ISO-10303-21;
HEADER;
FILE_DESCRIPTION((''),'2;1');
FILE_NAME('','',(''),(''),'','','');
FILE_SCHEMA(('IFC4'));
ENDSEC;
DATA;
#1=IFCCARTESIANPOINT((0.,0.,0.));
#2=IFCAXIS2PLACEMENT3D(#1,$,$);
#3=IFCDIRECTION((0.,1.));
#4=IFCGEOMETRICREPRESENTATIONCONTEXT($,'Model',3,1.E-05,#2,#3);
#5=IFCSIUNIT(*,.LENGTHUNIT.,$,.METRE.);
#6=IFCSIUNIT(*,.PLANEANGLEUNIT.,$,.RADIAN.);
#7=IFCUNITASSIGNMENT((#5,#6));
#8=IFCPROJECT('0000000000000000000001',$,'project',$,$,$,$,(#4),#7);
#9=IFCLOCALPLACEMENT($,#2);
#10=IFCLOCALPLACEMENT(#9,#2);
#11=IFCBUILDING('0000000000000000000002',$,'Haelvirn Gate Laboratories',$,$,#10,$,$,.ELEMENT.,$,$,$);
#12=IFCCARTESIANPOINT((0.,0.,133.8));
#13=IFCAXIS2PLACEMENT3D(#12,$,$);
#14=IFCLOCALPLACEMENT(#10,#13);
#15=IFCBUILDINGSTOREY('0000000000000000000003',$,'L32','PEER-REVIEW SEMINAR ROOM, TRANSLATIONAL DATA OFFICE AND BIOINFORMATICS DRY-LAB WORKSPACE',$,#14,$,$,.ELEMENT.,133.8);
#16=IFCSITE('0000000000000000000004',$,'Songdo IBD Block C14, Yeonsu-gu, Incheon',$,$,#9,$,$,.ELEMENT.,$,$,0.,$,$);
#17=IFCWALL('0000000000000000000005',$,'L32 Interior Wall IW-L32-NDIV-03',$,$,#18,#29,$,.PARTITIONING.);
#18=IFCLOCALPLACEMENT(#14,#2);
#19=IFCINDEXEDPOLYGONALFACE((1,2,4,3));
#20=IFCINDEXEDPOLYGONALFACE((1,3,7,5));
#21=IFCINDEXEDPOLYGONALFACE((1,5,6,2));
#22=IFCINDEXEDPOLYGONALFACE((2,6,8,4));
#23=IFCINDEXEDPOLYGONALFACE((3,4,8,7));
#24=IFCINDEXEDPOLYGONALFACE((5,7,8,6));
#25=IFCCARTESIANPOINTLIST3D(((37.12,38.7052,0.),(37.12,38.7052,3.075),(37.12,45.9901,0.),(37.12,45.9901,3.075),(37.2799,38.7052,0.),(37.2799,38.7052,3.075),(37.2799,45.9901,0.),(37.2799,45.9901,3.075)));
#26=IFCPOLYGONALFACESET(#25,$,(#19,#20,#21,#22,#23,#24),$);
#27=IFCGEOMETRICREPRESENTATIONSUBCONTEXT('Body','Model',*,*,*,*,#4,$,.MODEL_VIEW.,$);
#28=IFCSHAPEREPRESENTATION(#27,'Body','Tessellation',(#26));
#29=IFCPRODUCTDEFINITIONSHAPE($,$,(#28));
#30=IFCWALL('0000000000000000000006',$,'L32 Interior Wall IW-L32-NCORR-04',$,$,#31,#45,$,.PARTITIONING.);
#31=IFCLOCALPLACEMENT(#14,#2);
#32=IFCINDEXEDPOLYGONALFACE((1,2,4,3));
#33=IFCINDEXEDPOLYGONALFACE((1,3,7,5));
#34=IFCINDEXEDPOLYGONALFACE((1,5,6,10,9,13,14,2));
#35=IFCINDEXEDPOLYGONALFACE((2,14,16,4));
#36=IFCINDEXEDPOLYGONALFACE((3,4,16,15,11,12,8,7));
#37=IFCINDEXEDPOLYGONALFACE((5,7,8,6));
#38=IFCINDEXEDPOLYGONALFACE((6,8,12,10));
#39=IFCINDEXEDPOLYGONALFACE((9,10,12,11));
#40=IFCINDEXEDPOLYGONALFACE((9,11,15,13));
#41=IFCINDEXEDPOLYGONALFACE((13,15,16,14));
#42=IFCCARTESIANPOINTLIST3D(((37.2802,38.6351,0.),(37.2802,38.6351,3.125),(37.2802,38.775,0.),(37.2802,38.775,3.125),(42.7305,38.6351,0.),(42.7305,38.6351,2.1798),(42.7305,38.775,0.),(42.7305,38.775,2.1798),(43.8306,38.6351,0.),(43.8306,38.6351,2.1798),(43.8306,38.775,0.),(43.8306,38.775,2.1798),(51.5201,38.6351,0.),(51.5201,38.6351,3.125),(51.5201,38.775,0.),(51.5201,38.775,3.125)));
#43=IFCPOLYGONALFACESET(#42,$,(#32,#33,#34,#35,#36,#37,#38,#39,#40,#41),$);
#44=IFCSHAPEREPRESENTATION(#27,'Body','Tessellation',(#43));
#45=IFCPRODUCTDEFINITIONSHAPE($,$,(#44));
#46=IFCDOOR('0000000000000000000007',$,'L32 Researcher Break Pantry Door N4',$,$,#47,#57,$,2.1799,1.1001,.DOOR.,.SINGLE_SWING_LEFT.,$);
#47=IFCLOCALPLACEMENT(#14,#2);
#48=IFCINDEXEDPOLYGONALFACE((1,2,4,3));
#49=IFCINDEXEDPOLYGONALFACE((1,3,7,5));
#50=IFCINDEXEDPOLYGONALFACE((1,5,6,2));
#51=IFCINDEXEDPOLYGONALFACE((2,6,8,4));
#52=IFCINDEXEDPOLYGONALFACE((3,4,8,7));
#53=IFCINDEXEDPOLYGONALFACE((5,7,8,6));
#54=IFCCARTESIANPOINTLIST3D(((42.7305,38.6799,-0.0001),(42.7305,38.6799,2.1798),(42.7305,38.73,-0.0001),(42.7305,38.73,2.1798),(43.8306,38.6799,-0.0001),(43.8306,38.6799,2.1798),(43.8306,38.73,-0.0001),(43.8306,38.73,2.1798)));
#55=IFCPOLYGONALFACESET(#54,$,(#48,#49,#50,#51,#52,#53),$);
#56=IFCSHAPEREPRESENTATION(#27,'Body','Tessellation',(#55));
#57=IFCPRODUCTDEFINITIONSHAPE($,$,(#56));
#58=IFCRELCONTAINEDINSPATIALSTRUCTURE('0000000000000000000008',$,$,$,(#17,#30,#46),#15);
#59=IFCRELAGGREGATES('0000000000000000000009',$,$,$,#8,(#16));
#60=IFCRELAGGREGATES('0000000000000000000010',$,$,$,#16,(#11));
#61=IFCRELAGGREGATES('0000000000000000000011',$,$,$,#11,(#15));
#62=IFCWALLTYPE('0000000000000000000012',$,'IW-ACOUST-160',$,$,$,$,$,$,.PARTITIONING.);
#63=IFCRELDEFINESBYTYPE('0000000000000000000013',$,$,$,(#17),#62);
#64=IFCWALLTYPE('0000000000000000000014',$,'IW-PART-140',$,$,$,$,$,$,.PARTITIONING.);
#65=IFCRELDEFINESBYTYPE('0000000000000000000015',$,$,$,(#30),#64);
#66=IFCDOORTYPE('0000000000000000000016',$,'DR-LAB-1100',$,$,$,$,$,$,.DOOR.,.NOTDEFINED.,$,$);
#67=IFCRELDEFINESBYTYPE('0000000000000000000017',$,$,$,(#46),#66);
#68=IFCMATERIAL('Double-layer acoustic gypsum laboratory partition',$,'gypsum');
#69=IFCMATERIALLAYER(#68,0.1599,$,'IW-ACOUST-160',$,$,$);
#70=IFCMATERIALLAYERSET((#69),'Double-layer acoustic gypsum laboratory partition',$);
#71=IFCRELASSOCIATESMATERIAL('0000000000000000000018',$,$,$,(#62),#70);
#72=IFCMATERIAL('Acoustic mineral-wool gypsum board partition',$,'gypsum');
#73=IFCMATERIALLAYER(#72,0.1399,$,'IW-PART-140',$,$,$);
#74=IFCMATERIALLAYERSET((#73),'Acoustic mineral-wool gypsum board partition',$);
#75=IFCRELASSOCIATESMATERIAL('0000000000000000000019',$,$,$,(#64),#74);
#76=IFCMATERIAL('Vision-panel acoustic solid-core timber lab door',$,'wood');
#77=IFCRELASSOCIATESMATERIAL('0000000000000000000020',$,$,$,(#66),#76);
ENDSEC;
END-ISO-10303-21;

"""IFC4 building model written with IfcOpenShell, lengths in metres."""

from ifc_helpers import new_model, si_unit, direction, frame, frame_2d, origin, place, context, subcontext, project, spatial, rectangle, extrude, source, transform, mapped, material, layer, layer_set, type_object, type_shapes, element, fill, save


model = new_model("IFC4")

# Units and contexts
model_context = context("Model", 3, precision=1e-05, world=origin(), true_north=direction((0.0, 1.0)))
body_context = subcontext(model_context, "Body", "Model", "MODEL_VIEW")
ifc_project = project(units=[si_unit("LENGTHUNIT", "METRE"), si_unit("PLANEANGLEUNIT", "RADIAN")], contexts=[model_context])

# Site, building, storey
site_placement = place(None, origin())
site = spatial("IfcSite", under=ifc_project, at=site_placement, Name="Songdo IBD Block C14, Yeonsu-gu, Incheon", CompositionType="ELEMENT", RefElevation=0.0)
building_placement = place(site_placement, origin())
building = spatial("IfcBuilding", under=site, at=building_placement, Name="Haelvirn Gate Laboratories", CompositionType="ELEMENT")
storey_placement = place(building_placement, frame((0.0, 0.0, 133.8)))
storey = spatial("IfcBuildingStorey", under=building, at=storey_placement, Name="L32", Description="PEER-REVIEW SEMINAR ROOM, TRANSLATIONAL DATA OFFICE AND BIOINFORMATICS DRY-LAB WORKSPACE", CompositionType="ELEMENT", Elevation=133.8)

# Wall
ifc_material_1 = material(Name="Double-layer acoustic gypsum laboratory partition", Category="gypsum")
ifc_layer_1 = layer(ifc_material_1, 0.1599, Name="IW-ACOUST-160")
ifc_layer_set_1 = layer_set([ifc_layer_1], Name="Double-layer acoustic gypsum laboratory partition")
wall_type_1 = type_object("IfcWallType", Name="IW-ACOUST-160", PredefinedType="PARTITIONING", material=ifc_layer_set_1)
wall_1_placement = place(storey_placement, frame((37.2, 38.7051, 0.0), z_axis=(0.0, 0.0, 1.0), x_axis=(0.0, 1.0, 0.0)))
element("IfcWall", 1, at=wall_1_placement, inside=storey, type_object=wall_type_1, Name="L32 Interior Wall IW-L32-NDIV-03", PredefinedType="PARTITIONING", context=body_context, shape_type="SweptSolid", body=[
    extrude(rectangle(XDim=7.2849, YDim=0.1599, at=frame_2d((3.6426, 0.0))), origin(), (0.0, 0.0, 1.0), 3.075),
])

# Wall, opening, door
ifc_material_2 = material(Name="Acoustic mineral-wool gypsum board partition", Category="gypsum")
ifc_layer_2 = layer(ifc_material_2, 0.1399, Name="IW-PART-140")
ifc_layer_set_2 = layer_set([ifc_layer_2], Name="Acoustic mineral-wool gypsum board partition")
wall_type_2 = type_object("IfcWallType", Name="IW-PART-140", PredefinedType="PARTITIONING", material=ifc_layer_set_2)
wall_2_placement = place(storey_placement, frame((37.28, 38.7051, 0.0), z_axis=(0.0, 0.0, 1.0), x_axis=(1.0, 0.0, 0.0)))
wall_2 = element("IfcWall", 2, at=wall_2_placement, inside=storey, type_object=wall_type_2, Name="L32 Interior Wall IW-L32-NCORR-04", PredefinedType="PARTITIONING", context=body_context, shape_type="SweptSolid", body=[
    extrude(rectangle(XDim=14.24, YDim=0.1399, at=frame_2d((7.1201, 0.0))), origin(), (0.0, 0.0, 1.0), 3.125),
])
opening_placement = place(wall_2_placement, frame((5.4504, 0.0, 0.0)))
opening = element("IfcOpeningElement", 3, at=opening_placement, cuts=wall_2, PredefinedType="OPENING", context=body_context, shape_type="SweptSolid", body=[
    extrude(rectangle(XDim=1.1001, YDim=2.1799, at=frame_2d((0.55, 1.0898))), frame((0.0, 0.0801, 0.0), z_axis=(0.0, -1.0, 0.0), x_axis=(1.0, 0.0, 0.0)), (0.0, 0.0, 1.0), 0.1599),
])
ifc_material_3 = material(Name="Vision-panel acoustic solid-core timber lab door", Category="wood")
door_type = type_object("IfcDoorType", Name="DR-LAB-1100", OperationType="NOTDEFINED", PredefinedType="DOOR", material=ifc_material_3)
shared_shape_1 = source(origin(), body_context, "Body", "SweptSolid", [
    extrude(rectangle(XDim=1.1001, YDim=2.1799, at=frame_2d((0.55, 1.0898))), frame((0.0, 0.0249, 0.0), z_axis=(0.0, -1.0, 0.0), x_axis=(1.0, 0.0, 0.0)), (0.0, 0.0, 1.0), 0.05),
])
type_shapes(door_type, [shared_shape_1])
door_placement = place(opening_placement, origin())
door = element("IfcDoor", 4, at=door_placement, inside=storey, type_object=door_type, Name="L32 Researcher Break Pantry Door N4", OperationType="SINGLE_SWING_LEFT", OverallHeight=2.1799, OverallWidth=1.1001, PredefinedType="DOOR", context=body_context, shape_type="MappedRepresentation", body=[
    mapped(shared_shape_1, transform((0.0, 0.0, 0.0), scale=1.0)),
])
fill(opening, door)

save(model, "model.ifc")
